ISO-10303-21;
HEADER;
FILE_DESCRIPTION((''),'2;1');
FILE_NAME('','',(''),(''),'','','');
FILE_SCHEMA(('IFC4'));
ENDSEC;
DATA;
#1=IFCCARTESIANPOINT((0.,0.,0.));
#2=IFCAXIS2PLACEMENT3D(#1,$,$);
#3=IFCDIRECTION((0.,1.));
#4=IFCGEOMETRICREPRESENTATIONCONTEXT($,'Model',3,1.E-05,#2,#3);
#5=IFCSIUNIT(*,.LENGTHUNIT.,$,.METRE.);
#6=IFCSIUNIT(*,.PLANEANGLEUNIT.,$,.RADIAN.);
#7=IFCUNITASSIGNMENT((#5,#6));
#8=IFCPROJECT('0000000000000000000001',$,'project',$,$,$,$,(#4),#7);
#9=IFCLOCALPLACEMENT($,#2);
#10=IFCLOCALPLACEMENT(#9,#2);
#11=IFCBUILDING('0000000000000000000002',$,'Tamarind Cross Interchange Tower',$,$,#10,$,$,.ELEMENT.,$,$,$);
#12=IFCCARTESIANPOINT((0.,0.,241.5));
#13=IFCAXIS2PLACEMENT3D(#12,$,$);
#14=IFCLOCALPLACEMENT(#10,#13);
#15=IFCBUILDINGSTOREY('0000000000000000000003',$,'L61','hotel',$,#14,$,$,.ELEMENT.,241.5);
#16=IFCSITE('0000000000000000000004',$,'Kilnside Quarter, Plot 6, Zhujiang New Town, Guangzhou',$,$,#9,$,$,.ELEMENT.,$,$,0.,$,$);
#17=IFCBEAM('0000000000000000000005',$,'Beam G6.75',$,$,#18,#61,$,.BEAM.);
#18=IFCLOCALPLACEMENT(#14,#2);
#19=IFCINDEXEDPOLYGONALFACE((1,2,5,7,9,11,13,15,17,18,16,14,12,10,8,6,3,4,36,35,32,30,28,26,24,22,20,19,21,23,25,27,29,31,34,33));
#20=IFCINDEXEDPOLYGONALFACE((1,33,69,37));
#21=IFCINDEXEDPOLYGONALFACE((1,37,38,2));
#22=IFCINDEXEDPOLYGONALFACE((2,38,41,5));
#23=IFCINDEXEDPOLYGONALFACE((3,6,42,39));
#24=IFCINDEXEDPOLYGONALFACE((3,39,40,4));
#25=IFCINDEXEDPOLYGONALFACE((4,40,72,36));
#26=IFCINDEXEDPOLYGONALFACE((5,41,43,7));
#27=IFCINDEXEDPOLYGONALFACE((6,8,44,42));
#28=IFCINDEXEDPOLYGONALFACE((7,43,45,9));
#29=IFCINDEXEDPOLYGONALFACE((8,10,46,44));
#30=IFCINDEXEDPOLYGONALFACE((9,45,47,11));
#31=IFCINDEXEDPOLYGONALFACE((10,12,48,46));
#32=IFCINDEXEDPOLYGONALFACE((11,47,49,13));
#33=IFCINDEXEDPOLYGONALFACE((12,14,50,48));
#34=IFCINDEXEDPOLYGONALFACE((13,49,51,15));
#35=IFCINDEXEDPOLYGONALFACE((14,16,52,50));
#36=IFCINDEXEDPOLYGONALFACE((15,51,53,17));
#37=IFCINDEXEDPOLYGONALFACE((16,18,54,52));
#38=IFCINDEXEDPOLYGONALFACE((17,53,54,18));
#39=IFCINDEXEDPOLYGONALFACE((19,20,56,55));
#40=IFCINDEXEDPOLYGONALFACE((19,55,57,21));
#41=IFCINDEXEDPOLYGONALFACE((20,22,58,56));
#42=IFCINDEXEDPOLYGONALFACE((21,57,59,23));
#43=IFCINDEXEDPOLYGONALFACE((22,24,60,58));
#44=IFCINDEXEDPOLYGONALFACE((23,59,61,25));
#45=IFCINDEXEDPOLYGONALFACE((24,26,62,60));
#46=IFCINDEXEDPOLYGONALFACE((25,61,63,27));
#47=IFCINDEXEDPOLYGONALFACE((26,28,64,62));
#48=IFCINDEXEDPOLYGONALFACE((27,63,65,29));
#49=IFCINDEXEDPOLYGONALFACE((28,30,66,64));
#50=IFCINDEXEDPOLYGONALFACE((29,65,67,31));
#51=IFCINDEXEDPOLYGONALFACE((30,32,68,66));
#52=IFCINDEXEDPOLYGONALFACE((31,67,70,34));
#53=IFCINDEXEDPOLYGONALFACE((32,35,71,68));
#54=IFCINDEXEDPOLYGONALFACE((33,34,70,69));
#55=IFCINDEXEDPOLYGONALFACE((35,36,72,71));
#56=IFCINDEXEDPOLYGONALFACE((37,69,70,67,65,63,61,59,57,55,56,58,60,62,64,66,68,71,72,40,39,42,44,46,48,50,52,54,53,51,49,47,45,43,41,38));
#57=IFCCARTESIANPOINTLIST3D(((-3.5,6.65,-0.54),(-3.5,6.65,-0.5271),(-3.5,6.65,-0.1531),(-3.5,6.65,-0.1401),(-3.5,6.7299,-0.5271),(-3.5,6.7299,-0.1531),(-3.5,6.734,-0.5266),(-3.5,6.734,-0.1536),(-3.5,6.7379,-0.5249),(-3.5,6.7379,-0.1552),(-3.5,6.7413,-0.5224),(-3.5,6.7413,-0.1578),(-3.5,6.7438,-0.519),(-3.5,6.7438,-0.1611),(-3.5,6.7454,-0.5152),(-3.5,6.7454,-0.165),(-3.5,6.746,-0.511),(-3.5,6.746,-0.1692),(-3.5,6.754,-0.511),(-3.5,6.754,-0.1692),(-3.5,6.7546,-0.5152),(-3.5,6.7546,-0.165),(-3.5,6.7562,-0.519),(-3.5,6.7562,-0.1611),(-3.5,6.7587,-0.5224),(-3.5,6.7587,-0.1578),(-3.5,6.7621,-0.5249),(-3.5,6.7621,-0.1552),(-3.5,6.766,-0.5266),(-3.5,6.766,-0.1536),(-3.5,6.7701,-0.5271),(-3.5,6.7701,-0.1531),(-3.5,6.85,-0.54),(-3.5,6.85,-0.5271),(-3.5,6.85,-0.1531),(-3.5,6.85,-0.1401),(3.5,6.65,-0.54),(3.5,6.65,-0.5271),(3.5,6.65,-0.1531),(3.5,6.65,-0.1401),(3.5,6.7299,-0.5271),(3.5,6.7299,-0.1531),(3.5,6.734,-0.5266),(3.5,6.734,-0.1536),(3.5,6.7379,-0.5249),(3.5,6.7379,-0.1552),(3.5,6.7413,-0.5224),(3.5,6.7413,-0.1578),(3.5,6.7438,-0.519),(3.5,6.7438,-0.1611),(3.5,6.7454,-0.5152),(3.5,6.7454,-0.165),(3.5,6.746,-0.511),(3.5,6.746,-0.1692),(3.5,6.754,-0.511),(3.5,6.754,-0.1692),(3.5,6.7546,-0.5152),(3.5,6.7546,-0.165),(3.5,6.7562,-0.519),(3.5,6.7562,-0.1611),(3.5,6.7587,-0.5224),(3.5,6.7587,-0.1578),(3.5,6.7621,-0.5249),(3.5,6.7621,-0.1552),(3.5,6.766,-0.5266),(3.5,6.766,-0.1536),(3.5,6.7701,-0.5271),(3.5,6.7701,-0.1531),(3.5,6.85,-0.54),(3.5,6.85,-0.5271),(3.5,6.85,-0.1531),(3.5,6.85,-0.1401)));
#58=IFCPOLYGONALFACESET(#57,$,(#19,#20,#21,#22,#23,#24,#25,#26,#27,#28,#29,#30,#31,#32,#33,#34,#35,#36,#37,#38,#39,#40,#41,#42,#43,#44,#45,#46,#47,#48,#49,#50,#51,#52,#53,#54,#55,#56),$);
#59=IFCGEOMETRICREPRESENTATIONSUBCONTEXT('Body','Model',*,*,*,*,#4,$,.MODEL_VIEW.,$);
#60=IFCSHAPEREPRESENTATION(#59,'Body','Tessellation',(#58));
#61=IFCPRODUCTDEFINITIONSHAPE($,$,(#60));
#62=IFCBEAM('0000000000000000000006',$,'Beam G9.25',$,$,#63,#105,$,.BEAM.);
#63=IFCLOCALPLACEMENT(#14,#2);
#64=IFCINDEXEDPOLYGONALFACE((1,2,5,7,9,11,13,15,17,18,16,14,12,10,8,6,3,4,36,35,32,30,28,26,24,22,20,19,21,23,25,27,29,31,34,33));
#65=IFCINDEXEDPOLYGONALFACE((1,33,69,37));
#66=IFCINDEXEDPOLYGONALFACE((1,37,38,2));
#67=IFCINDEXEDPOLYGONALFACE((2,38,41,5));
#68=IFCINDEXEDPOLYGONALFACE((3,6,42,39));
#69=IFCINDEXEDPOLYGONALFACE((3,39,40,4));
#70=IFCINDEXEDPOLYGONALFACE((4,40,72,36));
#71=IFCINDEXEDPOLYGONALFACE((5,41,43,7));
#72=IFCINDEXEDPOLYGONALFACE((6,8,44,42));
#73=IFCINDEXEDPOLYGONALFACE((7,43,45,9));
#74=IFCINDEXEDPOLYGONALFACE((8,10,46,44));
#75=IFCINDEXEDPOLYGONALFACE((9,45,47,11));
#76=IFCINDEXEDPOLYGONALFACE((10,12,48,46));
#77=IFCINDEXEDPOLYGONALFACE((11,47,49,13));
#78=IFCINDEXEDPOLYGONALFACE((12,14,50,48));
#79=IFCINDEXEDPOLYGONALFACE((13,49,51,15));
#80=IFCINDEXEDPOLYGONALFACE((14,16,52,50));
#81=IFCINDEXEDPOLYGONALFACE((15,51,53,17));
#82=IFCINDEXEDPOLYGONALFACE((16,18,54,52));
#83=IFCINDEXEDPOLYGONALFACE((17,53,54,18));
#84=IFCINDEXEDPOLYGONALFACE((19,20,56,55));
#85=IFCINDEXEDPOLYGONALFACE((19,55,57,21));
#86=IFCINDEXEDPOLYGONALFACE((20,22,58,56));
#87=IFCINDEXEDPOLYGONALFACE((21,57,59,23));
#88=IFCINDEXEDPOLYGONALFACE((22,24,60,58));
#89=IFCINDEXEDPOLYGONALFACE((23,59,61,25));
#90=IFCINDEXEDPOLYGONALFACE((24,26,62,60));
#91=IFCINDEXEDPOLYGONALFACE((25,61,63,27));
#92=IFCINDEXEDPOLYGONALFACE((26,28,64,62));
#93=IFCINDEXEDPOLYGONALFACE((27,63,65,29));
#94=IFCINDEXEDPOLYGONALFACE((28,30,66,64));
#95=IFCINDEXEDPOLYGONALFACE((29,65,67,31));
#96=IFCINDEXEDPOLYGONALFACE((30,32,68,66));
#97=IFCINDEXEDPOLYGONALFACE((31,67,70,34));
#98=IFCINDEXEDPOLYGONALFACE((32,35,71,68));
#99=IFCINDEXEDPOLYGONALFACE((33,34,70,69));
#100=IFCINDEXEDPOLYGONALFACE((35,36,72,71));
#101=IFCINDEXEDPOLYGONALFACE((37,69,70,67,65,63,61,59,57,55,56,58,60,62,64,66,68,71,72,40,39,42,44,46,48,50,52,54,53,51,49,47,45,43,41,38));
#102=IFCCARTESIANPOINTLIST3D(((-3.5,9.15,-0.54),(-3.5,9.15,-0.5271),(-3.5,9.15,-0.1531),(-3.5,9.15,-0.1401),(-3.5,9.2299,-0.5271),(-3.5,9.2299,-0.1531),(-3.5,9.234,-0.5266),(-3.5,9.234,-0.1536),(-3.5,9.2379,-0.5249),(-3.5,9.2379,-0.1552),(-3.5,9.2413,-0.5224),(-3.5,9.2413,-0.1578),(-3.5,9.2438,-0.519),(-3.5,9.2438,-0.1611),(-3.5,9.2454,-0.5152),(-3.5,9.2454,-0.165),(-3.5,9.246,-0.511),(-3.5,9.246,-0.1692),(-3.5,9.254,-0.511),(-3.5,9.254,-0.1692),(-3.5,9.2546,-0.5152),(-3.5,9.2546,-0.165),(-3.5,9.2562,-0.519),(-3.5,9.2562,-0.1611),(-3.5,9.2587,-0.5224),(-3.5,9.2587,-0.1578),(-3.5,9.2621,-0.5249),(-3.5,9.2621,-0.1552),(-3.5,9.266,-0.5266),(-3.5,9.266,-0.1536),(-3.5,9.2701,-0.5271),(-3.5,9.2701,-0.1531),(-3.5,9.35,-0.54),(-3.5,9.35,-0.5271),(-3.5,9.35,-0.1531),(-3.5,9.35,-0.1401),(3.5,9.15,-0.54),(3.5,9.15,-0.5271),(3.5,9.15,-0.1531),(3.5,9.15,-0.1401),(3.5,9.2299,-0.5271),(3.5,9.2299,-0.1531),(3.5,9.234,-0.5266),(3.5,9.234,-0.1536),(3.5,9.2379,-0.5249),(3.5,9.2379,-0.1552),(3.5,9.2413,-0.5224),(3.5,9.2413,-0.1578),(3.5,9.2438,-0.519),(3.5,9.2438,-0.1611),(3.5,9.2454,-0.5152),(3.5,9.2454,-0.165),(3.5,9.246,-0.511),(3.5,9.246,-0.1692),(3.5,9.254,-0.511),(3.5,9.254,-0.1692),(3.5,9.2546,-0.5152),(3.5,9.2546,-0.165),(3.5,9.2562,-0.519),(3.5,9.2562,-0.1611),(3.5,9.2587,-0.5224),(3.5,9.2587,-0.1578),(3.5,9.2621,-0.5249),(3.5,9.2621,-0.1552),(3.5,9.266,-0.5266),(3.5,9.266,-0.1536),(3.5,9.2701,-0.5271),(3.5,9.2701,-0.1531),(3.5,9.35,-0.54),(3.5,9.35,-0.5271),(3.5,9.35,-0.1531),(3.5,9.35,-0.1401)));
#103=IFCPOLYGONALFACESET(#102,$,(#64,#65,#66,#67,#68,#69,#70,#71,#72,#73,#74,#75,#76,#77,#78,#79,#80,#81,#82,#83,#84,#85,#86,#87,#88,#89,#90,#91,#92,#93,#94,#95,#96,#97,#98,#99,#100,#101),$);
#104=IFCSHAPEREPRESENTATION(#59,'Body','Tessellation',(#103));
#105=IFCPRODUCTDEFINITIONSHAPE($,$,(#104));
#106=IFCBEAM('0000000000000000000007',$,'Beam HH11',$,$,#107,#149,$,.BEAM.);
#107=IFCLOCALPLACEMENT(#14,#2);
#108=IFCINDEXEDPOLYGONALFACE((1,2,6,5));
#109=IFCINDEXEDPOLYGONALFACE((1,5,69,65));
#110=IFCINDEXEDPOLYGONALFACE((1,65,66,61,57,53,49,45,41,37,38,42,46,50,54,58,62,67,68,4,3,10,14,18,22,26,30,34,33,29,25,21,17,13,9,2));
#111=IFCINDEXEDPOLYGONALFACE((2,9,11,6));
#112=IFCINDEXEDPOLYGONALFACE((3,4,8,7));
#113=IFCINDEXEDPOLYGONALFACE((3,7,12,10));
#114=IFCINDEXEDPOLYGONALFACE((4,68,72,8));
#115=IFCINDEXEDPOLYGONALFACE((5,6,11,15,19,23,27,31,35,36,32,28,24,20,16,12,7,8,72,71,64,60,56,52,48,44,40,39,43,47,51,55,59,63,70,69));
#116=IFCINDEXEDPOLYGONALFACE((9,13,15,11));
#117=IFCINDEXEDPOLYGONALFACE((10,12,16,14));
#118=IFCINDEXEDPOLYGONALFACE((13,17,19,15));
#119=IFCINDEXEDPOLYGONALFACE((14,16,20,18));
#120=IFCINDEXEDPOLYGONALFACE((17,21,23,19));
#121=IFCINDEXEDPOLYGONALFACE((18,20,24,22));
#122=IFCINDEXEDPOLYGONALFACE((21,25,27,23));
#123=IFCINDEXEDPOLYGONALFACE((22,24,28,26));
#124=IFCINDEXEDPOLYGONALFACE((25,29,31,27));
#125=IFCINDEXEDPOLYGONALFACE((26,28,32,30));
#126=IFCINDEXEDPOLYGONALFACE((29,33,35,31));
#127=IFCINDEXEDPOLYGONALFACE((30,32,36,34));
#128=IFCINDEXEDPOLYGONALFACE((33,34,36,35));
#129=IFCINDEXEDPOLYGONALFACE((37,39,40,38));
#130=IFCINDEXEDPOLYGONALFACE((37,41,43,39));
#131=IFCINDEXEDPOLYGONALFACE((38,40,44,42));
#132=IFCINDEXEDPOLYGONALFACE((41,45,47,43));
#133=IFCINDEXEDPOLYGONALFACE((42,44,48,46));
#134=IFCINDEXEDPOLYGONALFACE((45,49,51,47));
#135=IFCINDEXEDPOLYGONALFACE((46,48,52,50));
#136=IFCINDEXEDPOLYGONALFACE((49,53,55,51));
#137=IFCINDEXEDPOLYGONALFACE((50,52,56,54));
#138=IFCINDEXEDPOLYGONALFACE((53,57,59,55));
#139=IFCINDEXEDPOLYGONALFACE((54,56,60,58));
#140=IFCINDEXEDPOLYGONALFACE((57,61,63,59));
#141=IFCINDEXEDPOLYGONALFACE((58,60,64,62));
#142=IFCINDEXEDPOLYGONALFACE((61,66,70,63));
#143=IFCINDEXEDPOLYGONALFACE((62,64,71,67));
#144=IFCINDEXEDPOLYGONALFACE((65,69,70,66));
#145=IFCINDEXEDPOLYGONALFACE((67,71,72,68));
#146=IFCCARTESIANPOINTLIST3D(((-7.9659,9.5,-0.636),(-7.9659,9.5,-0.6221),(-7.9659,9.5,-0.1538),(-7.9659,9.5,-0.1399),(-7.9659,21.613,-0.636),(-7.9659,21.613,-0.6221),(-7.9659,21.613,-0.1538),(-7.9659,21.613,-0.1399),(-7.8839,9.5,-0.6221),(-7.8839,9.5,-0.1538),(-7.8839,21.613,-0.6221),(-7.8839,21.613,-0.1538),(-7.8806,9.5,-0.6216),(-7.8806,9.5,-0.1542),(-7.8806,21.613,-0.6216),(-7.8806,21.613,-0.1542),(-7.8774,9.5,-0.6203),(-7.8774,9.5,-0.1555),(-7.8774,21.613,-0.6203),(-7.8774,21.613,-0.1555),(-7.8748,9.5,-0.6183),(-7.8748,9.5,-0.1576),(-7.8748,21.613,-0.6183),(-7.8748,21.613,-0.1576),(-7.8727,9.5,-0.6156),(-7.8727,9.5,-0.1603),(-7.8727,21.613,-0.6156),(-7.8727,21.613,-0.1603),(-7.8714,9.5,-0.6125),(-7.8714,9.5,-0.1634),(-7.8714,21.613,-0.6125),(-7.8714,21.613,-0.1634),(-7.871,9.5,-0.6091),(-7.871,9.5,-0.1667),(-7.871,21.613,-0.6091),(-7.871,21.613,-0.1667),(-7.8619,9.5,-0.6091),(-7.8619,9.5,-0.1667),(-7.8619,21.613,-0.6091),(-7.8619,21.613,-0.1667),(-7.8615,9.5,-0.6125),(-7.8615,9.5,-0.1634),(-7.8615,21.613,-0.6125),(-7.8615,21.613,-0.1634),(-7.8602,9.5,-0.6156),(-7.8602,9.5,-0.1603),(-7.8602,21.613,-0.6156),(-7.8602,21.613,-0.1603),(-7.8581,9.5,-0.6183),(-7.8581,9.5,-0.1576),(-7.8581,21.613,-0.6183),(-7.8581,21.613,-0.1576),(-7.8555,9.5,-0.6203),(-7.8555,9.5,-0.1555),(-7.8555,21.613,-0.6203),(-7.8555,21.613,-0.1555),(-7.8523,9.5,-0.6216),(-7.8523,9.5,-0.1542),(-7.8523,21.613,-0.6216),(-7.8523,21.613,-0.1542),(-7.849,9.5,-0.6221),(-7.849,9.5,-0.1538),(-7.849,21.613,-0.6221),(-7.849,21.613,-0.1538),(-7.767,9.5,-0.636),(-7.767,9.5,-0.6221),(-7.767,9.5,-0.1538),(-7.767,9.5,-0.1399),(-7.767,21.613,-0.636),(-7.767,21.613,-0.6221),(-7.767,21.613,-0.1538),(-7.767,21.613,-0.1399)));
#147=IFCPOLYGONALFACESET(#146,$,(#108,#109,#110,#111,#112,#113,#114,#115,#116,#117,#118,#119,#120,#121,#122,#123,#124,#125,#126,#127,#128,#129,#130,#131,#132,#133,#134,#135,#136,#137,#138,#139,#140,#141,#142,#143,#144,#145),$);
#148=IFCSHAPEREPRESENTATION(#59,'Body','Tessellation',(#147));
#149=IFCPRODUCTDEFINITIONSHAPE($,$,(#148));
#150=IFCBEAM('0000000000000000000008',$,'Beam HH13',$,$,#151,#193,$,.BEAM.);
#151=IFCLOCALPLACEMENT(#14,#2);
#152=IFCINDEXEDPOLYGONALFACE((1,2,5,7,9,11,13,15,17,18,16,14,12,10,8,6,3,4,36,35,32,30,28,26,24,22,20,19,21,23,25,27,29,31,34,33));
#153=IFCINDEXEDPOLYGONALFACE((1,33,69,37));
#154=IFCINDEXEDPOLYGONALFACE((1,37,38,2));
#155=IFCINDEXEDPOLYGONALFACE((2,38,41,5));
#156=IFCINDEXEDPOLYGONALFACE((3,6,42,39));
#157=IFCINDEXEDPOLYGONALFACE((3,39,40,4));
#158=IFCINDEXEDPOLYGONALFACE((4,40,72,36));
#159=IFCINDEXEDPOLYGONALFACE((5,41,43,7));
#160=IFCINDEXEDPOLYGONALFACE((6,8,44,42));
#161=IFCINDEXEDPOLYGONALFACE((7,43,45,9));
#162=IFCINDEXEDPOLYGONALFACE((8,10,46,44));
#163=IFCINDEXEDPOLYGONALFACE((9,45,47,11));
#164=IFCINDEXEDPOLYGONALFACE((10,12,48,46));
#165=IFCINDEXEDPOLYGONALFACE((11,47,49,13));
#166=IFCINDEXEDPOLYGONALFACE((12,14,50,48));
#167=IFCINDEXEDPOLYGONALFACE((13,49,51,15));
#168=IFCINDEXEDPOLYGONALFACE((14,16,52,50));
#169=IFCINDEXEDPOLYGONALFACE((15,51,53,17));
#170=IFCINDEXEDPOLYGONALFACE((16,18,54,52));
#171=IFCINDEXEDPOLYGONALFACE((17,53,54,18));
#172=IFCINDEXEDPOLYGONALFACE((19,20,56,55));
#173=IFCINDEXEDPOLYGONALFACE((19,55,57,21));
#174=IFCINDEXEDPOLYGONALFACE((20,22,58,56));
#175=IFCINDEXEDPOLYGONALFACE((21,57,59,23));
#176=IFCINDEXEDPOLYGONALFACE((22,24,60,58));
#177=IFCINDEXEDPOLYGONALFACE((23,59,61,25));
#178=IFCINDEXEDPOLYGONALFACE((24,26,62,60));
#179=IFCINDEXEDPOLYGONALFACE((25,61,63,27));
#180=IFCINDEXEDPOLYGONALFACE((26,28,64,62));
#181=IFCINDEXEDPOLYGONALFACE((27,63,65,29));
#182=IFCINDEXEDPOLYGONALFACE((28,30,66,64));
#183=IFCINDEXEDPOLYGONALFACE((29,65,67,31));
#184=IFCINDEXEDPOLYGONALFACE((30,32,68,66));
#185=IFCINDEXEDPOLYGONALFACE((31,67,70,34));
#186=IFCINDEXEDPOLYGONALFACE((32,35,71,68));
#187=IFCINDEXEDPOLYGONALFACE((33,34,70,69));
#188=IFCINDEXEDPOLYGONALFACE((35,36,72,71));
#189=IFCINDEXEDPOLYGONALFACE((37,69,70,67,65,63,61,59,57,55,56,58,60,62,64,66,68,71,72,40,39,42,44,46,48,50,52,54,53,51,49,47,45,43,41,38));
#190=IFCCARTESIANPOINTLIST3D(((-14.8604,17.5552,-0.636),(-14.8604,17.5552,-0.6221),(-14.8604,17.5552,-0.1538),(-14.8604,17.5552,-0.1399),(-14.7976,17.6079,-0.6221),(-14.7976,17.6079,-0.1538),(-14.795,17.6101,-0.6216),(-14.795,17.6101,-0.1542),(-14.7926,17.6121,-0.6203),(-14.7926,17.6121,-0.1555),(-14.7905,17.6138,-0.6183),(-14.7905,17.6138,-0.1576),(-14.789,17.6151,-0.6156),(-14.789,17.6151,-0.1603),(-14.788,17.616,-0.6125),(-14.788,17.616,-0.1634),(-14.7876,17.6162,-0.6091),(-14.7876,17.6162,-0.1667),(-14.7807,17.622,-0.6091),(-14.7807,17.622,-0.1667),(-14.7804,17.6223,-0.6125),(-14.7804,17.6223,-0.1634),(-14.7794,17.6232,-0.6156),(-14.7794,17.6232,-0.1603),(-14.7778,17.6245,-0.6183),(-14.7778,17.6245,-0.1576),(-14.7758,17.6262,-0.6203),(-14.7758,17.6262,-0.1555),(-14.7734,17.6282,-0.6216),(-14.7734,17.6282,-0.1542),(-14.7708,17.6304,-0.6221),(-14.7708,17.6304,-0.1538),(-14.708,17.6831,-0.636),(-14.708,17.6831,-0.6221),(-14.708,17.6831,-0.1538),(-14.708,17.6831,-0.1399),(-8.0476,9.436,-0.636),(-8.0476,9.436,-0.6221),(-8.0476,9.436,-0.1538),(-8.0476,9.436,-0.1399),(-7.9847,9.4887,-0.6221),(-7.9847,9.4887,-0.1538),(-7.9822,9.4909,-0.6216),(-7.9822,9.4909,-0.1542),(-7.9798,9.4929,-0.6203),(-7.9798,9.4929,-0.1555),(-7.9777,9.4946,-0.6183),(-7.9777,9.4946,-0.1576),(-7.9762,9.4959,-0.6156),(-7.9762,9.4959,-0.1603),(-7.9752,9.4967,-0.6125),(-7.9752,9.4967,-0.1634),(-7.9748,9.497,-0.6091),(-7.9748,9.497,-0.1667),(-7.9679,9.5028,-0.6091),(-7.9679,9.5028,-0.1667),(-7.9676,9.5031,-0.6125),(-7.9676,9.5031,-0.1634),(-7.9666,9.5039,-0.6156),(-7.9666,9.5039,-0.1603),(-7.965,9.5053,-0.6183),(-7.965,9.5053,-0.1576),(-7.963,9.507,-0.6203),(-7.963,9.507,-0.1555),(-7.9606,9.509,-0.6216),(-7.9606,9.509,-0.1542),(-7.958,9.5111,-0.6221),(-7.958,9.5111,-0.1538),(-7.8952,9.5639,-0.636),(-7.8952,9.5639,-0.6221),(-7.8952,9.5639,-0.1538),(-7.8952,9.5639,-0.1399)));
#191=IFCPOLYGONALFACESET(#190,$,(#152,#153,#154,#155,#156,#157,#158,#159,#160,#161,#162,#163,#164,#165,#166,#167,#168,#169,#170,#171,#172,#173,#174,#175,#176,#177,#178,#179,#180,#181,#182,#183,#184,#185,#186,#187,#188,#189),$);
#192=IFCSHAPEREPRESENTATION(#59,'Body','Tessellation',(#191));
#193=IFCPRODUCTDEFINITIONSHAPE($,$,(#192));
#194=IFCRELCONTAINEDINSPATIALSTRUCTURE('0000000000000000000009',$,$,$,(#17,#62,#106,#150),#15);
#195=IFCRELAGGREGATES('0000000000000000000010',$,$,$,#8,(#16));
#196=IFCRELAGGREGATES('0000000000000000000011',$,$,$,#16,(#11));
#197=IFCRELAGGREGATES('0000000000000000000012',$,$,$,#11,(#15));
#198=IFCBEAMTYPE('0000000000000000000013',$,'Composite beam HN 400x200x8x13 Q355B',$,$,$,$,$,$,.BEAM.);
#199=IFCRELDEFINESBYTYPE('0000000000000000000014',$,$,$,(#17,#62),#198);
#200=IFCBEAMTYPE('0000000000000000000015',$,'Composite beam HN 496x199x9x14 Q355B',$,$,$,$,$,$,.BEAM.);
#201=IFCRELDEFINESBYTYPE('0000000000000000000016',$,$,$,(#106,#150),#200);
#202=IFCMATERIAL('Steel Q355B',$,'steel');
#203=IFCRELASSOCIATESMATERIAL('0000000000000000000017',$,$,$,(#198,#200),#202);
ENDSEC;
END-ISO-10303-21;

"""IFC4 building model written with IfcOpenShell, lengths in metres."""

from ifc_helpers import new_model, si_unit, direction, frame, origin, origin_2d, place, context, subcontext, project, spatial, i_section, extrude, material, material_profile, profile_set, type_object, element, save


model = new_model("IFC4")

# Units and contexts
model_context = context("Model", 3, precision=1e-05, world=origin(), true_north=direction((0.0, 1.0)))
body_context = subcontext(model_context, "Body", "Model", "MODEL_VIEW")
ifc_project = project(units=[si_unit("LENGTHUNIT", "METRE"), si_unit("PLANEANGLEUNIT", "RADIAN")], contexts=[model_context])

# Site, building, storey
site_placement = place(None, origin())
site = spatial("IfcSite", under=ifc_project, at=site_placement, Name="Kilnside Quarter, Plot 6, Zhujiang New Town, Guangzhou", CompositionType="ELEMENT", RefElevation=0.0)
building_placement = place(site_placement, origin())
building = spatial("IfcBuilding", under=site, at=building_placement, Name="Tamarind Cross Interchange Tower", CompositionType="ELEMENT")
storey_placement = place(building_placement, frame((0.0, 0.0, 241.5)))
storey = spatial("IfcBuildingStorey", under=building, at=storey_placement, Name="L61", Description="hotel", CompositionType="ELEMENT", Elevation=241.5)

# Beams
ifc_material_1 = material(Name="Steel Q355B", Category="steel")
ifc_material_profile_1 = material_profile(ifc_material_1, i_section(OverallWidth=0.2, OverallDepth=0.3999, WebThickness=0.0081, FlangeThickness=0.0129, FilletRadius=0.0161, at=origin_2d()), Name="HN 400x200x8x13")
ifc_profile_set_1 = profile_set([ifc_material_profile_1], Name="Steel Q355B")
beam_type_1 = type_object("IfcBeamType", Name="Composite beam HN 400x200x8x13 Q355B", PredefinedType="BEAM", material=ifc_profile_set_1)
for number, where, z_axis, x_axis, name in (
    (1, (-3.5, 6.75, -0.3401), (1.0, 0.0, 0.0), (0.0, 1.0, 0.0), "Beam G6.75"),
    (2, (-3.5, 9.25, -0.3401), (1.0, 0.0, 0.0), (0.0, 1.0, 0.0), "Beam G9.25"),
):
    element("IfcBeam", number, at=place(storey_placement, frame(where, z_axis=z_axis, x_axis=x_axis)), inside=storey, type_object=beam_type_1, Name=name, PredefinedType="BEAM", context=body_context, shape_type="SweptSolid", body=[
        extrude(i_section(OverallWidth=0.2, OverallDepth=0.3999, WebThickness=0.0081, FlangeThickness=0.0129, FilletRadius=0.0161, at=origin_2d()), origin(), (0.0, 0.0, 1.0), 7.0),
    ])
ifc_material_profile_2 = material_profile(ifc_material_1, i_section(OverallWidth=0.199, OverallDepth=0.4961, WebThickness=0.009, FlangeThickness=0.0139, FilletRadius=0.0129, at=origin_2d()), Name="HN 496x199x9x14")
ifc_profile_set_2 = profile_set([ifc_material_profile_2], Name="Steel Q355B")
beam_type_2 = type_object("IfcBeamType", Name="Composite beam HN 496x199x9x14 Q355B", PredefinedType="BEAM", material=ifc_profile_set_2)
beam_1_placement = place(storey_placement, frame((-7.8665, 21.613, -0.3879), z_axis=(0.0, -1.0, 0.0), x_axis=(1.0, 0.0, 0.0)))
element("IfcBeam", 3, at=beam_1_placement, inside=storey, type_object=beam_type_2, Name="Beam HH11", PredefinedType="BEAM", context=body_context, shape_type="SweptSolid", body=[
    extrude(i_section(OverallWidth=0.199, OverallDepth=0.4961, WebThickness=0.009, FlangeThickness=0.0139, FilletRadius=0.0129, at=origin_2d()), origin(), (0.0, 0.0, 1.0), 12.113),
])
beam_2_placement = place(storey_placement, frame((-14.7842, 17.6191, -0.3879), z_axis=(0.642786, -0.766046, 0.0), x_axis=(0.766046, 0.642786, 0.0)))
element("IfcBeam", 4, at=beam_2_placement, inside=storey, type_object=beam_type_2, Name="Beam HH13", PredefinedType="BEAM", context=body_context, shape_type="SweptSolid", body=[
    extrude(i_section(OverallWidth=0.199, OverallDepth=0.4961, WebThickness=0.009, FlangeThickness=0.0139, FilletRadius=0.0129, at=origin_2d()), origin(), (0.0, 0.0, 1.0), 10.5989),
])

save(model, "model.ifc")
